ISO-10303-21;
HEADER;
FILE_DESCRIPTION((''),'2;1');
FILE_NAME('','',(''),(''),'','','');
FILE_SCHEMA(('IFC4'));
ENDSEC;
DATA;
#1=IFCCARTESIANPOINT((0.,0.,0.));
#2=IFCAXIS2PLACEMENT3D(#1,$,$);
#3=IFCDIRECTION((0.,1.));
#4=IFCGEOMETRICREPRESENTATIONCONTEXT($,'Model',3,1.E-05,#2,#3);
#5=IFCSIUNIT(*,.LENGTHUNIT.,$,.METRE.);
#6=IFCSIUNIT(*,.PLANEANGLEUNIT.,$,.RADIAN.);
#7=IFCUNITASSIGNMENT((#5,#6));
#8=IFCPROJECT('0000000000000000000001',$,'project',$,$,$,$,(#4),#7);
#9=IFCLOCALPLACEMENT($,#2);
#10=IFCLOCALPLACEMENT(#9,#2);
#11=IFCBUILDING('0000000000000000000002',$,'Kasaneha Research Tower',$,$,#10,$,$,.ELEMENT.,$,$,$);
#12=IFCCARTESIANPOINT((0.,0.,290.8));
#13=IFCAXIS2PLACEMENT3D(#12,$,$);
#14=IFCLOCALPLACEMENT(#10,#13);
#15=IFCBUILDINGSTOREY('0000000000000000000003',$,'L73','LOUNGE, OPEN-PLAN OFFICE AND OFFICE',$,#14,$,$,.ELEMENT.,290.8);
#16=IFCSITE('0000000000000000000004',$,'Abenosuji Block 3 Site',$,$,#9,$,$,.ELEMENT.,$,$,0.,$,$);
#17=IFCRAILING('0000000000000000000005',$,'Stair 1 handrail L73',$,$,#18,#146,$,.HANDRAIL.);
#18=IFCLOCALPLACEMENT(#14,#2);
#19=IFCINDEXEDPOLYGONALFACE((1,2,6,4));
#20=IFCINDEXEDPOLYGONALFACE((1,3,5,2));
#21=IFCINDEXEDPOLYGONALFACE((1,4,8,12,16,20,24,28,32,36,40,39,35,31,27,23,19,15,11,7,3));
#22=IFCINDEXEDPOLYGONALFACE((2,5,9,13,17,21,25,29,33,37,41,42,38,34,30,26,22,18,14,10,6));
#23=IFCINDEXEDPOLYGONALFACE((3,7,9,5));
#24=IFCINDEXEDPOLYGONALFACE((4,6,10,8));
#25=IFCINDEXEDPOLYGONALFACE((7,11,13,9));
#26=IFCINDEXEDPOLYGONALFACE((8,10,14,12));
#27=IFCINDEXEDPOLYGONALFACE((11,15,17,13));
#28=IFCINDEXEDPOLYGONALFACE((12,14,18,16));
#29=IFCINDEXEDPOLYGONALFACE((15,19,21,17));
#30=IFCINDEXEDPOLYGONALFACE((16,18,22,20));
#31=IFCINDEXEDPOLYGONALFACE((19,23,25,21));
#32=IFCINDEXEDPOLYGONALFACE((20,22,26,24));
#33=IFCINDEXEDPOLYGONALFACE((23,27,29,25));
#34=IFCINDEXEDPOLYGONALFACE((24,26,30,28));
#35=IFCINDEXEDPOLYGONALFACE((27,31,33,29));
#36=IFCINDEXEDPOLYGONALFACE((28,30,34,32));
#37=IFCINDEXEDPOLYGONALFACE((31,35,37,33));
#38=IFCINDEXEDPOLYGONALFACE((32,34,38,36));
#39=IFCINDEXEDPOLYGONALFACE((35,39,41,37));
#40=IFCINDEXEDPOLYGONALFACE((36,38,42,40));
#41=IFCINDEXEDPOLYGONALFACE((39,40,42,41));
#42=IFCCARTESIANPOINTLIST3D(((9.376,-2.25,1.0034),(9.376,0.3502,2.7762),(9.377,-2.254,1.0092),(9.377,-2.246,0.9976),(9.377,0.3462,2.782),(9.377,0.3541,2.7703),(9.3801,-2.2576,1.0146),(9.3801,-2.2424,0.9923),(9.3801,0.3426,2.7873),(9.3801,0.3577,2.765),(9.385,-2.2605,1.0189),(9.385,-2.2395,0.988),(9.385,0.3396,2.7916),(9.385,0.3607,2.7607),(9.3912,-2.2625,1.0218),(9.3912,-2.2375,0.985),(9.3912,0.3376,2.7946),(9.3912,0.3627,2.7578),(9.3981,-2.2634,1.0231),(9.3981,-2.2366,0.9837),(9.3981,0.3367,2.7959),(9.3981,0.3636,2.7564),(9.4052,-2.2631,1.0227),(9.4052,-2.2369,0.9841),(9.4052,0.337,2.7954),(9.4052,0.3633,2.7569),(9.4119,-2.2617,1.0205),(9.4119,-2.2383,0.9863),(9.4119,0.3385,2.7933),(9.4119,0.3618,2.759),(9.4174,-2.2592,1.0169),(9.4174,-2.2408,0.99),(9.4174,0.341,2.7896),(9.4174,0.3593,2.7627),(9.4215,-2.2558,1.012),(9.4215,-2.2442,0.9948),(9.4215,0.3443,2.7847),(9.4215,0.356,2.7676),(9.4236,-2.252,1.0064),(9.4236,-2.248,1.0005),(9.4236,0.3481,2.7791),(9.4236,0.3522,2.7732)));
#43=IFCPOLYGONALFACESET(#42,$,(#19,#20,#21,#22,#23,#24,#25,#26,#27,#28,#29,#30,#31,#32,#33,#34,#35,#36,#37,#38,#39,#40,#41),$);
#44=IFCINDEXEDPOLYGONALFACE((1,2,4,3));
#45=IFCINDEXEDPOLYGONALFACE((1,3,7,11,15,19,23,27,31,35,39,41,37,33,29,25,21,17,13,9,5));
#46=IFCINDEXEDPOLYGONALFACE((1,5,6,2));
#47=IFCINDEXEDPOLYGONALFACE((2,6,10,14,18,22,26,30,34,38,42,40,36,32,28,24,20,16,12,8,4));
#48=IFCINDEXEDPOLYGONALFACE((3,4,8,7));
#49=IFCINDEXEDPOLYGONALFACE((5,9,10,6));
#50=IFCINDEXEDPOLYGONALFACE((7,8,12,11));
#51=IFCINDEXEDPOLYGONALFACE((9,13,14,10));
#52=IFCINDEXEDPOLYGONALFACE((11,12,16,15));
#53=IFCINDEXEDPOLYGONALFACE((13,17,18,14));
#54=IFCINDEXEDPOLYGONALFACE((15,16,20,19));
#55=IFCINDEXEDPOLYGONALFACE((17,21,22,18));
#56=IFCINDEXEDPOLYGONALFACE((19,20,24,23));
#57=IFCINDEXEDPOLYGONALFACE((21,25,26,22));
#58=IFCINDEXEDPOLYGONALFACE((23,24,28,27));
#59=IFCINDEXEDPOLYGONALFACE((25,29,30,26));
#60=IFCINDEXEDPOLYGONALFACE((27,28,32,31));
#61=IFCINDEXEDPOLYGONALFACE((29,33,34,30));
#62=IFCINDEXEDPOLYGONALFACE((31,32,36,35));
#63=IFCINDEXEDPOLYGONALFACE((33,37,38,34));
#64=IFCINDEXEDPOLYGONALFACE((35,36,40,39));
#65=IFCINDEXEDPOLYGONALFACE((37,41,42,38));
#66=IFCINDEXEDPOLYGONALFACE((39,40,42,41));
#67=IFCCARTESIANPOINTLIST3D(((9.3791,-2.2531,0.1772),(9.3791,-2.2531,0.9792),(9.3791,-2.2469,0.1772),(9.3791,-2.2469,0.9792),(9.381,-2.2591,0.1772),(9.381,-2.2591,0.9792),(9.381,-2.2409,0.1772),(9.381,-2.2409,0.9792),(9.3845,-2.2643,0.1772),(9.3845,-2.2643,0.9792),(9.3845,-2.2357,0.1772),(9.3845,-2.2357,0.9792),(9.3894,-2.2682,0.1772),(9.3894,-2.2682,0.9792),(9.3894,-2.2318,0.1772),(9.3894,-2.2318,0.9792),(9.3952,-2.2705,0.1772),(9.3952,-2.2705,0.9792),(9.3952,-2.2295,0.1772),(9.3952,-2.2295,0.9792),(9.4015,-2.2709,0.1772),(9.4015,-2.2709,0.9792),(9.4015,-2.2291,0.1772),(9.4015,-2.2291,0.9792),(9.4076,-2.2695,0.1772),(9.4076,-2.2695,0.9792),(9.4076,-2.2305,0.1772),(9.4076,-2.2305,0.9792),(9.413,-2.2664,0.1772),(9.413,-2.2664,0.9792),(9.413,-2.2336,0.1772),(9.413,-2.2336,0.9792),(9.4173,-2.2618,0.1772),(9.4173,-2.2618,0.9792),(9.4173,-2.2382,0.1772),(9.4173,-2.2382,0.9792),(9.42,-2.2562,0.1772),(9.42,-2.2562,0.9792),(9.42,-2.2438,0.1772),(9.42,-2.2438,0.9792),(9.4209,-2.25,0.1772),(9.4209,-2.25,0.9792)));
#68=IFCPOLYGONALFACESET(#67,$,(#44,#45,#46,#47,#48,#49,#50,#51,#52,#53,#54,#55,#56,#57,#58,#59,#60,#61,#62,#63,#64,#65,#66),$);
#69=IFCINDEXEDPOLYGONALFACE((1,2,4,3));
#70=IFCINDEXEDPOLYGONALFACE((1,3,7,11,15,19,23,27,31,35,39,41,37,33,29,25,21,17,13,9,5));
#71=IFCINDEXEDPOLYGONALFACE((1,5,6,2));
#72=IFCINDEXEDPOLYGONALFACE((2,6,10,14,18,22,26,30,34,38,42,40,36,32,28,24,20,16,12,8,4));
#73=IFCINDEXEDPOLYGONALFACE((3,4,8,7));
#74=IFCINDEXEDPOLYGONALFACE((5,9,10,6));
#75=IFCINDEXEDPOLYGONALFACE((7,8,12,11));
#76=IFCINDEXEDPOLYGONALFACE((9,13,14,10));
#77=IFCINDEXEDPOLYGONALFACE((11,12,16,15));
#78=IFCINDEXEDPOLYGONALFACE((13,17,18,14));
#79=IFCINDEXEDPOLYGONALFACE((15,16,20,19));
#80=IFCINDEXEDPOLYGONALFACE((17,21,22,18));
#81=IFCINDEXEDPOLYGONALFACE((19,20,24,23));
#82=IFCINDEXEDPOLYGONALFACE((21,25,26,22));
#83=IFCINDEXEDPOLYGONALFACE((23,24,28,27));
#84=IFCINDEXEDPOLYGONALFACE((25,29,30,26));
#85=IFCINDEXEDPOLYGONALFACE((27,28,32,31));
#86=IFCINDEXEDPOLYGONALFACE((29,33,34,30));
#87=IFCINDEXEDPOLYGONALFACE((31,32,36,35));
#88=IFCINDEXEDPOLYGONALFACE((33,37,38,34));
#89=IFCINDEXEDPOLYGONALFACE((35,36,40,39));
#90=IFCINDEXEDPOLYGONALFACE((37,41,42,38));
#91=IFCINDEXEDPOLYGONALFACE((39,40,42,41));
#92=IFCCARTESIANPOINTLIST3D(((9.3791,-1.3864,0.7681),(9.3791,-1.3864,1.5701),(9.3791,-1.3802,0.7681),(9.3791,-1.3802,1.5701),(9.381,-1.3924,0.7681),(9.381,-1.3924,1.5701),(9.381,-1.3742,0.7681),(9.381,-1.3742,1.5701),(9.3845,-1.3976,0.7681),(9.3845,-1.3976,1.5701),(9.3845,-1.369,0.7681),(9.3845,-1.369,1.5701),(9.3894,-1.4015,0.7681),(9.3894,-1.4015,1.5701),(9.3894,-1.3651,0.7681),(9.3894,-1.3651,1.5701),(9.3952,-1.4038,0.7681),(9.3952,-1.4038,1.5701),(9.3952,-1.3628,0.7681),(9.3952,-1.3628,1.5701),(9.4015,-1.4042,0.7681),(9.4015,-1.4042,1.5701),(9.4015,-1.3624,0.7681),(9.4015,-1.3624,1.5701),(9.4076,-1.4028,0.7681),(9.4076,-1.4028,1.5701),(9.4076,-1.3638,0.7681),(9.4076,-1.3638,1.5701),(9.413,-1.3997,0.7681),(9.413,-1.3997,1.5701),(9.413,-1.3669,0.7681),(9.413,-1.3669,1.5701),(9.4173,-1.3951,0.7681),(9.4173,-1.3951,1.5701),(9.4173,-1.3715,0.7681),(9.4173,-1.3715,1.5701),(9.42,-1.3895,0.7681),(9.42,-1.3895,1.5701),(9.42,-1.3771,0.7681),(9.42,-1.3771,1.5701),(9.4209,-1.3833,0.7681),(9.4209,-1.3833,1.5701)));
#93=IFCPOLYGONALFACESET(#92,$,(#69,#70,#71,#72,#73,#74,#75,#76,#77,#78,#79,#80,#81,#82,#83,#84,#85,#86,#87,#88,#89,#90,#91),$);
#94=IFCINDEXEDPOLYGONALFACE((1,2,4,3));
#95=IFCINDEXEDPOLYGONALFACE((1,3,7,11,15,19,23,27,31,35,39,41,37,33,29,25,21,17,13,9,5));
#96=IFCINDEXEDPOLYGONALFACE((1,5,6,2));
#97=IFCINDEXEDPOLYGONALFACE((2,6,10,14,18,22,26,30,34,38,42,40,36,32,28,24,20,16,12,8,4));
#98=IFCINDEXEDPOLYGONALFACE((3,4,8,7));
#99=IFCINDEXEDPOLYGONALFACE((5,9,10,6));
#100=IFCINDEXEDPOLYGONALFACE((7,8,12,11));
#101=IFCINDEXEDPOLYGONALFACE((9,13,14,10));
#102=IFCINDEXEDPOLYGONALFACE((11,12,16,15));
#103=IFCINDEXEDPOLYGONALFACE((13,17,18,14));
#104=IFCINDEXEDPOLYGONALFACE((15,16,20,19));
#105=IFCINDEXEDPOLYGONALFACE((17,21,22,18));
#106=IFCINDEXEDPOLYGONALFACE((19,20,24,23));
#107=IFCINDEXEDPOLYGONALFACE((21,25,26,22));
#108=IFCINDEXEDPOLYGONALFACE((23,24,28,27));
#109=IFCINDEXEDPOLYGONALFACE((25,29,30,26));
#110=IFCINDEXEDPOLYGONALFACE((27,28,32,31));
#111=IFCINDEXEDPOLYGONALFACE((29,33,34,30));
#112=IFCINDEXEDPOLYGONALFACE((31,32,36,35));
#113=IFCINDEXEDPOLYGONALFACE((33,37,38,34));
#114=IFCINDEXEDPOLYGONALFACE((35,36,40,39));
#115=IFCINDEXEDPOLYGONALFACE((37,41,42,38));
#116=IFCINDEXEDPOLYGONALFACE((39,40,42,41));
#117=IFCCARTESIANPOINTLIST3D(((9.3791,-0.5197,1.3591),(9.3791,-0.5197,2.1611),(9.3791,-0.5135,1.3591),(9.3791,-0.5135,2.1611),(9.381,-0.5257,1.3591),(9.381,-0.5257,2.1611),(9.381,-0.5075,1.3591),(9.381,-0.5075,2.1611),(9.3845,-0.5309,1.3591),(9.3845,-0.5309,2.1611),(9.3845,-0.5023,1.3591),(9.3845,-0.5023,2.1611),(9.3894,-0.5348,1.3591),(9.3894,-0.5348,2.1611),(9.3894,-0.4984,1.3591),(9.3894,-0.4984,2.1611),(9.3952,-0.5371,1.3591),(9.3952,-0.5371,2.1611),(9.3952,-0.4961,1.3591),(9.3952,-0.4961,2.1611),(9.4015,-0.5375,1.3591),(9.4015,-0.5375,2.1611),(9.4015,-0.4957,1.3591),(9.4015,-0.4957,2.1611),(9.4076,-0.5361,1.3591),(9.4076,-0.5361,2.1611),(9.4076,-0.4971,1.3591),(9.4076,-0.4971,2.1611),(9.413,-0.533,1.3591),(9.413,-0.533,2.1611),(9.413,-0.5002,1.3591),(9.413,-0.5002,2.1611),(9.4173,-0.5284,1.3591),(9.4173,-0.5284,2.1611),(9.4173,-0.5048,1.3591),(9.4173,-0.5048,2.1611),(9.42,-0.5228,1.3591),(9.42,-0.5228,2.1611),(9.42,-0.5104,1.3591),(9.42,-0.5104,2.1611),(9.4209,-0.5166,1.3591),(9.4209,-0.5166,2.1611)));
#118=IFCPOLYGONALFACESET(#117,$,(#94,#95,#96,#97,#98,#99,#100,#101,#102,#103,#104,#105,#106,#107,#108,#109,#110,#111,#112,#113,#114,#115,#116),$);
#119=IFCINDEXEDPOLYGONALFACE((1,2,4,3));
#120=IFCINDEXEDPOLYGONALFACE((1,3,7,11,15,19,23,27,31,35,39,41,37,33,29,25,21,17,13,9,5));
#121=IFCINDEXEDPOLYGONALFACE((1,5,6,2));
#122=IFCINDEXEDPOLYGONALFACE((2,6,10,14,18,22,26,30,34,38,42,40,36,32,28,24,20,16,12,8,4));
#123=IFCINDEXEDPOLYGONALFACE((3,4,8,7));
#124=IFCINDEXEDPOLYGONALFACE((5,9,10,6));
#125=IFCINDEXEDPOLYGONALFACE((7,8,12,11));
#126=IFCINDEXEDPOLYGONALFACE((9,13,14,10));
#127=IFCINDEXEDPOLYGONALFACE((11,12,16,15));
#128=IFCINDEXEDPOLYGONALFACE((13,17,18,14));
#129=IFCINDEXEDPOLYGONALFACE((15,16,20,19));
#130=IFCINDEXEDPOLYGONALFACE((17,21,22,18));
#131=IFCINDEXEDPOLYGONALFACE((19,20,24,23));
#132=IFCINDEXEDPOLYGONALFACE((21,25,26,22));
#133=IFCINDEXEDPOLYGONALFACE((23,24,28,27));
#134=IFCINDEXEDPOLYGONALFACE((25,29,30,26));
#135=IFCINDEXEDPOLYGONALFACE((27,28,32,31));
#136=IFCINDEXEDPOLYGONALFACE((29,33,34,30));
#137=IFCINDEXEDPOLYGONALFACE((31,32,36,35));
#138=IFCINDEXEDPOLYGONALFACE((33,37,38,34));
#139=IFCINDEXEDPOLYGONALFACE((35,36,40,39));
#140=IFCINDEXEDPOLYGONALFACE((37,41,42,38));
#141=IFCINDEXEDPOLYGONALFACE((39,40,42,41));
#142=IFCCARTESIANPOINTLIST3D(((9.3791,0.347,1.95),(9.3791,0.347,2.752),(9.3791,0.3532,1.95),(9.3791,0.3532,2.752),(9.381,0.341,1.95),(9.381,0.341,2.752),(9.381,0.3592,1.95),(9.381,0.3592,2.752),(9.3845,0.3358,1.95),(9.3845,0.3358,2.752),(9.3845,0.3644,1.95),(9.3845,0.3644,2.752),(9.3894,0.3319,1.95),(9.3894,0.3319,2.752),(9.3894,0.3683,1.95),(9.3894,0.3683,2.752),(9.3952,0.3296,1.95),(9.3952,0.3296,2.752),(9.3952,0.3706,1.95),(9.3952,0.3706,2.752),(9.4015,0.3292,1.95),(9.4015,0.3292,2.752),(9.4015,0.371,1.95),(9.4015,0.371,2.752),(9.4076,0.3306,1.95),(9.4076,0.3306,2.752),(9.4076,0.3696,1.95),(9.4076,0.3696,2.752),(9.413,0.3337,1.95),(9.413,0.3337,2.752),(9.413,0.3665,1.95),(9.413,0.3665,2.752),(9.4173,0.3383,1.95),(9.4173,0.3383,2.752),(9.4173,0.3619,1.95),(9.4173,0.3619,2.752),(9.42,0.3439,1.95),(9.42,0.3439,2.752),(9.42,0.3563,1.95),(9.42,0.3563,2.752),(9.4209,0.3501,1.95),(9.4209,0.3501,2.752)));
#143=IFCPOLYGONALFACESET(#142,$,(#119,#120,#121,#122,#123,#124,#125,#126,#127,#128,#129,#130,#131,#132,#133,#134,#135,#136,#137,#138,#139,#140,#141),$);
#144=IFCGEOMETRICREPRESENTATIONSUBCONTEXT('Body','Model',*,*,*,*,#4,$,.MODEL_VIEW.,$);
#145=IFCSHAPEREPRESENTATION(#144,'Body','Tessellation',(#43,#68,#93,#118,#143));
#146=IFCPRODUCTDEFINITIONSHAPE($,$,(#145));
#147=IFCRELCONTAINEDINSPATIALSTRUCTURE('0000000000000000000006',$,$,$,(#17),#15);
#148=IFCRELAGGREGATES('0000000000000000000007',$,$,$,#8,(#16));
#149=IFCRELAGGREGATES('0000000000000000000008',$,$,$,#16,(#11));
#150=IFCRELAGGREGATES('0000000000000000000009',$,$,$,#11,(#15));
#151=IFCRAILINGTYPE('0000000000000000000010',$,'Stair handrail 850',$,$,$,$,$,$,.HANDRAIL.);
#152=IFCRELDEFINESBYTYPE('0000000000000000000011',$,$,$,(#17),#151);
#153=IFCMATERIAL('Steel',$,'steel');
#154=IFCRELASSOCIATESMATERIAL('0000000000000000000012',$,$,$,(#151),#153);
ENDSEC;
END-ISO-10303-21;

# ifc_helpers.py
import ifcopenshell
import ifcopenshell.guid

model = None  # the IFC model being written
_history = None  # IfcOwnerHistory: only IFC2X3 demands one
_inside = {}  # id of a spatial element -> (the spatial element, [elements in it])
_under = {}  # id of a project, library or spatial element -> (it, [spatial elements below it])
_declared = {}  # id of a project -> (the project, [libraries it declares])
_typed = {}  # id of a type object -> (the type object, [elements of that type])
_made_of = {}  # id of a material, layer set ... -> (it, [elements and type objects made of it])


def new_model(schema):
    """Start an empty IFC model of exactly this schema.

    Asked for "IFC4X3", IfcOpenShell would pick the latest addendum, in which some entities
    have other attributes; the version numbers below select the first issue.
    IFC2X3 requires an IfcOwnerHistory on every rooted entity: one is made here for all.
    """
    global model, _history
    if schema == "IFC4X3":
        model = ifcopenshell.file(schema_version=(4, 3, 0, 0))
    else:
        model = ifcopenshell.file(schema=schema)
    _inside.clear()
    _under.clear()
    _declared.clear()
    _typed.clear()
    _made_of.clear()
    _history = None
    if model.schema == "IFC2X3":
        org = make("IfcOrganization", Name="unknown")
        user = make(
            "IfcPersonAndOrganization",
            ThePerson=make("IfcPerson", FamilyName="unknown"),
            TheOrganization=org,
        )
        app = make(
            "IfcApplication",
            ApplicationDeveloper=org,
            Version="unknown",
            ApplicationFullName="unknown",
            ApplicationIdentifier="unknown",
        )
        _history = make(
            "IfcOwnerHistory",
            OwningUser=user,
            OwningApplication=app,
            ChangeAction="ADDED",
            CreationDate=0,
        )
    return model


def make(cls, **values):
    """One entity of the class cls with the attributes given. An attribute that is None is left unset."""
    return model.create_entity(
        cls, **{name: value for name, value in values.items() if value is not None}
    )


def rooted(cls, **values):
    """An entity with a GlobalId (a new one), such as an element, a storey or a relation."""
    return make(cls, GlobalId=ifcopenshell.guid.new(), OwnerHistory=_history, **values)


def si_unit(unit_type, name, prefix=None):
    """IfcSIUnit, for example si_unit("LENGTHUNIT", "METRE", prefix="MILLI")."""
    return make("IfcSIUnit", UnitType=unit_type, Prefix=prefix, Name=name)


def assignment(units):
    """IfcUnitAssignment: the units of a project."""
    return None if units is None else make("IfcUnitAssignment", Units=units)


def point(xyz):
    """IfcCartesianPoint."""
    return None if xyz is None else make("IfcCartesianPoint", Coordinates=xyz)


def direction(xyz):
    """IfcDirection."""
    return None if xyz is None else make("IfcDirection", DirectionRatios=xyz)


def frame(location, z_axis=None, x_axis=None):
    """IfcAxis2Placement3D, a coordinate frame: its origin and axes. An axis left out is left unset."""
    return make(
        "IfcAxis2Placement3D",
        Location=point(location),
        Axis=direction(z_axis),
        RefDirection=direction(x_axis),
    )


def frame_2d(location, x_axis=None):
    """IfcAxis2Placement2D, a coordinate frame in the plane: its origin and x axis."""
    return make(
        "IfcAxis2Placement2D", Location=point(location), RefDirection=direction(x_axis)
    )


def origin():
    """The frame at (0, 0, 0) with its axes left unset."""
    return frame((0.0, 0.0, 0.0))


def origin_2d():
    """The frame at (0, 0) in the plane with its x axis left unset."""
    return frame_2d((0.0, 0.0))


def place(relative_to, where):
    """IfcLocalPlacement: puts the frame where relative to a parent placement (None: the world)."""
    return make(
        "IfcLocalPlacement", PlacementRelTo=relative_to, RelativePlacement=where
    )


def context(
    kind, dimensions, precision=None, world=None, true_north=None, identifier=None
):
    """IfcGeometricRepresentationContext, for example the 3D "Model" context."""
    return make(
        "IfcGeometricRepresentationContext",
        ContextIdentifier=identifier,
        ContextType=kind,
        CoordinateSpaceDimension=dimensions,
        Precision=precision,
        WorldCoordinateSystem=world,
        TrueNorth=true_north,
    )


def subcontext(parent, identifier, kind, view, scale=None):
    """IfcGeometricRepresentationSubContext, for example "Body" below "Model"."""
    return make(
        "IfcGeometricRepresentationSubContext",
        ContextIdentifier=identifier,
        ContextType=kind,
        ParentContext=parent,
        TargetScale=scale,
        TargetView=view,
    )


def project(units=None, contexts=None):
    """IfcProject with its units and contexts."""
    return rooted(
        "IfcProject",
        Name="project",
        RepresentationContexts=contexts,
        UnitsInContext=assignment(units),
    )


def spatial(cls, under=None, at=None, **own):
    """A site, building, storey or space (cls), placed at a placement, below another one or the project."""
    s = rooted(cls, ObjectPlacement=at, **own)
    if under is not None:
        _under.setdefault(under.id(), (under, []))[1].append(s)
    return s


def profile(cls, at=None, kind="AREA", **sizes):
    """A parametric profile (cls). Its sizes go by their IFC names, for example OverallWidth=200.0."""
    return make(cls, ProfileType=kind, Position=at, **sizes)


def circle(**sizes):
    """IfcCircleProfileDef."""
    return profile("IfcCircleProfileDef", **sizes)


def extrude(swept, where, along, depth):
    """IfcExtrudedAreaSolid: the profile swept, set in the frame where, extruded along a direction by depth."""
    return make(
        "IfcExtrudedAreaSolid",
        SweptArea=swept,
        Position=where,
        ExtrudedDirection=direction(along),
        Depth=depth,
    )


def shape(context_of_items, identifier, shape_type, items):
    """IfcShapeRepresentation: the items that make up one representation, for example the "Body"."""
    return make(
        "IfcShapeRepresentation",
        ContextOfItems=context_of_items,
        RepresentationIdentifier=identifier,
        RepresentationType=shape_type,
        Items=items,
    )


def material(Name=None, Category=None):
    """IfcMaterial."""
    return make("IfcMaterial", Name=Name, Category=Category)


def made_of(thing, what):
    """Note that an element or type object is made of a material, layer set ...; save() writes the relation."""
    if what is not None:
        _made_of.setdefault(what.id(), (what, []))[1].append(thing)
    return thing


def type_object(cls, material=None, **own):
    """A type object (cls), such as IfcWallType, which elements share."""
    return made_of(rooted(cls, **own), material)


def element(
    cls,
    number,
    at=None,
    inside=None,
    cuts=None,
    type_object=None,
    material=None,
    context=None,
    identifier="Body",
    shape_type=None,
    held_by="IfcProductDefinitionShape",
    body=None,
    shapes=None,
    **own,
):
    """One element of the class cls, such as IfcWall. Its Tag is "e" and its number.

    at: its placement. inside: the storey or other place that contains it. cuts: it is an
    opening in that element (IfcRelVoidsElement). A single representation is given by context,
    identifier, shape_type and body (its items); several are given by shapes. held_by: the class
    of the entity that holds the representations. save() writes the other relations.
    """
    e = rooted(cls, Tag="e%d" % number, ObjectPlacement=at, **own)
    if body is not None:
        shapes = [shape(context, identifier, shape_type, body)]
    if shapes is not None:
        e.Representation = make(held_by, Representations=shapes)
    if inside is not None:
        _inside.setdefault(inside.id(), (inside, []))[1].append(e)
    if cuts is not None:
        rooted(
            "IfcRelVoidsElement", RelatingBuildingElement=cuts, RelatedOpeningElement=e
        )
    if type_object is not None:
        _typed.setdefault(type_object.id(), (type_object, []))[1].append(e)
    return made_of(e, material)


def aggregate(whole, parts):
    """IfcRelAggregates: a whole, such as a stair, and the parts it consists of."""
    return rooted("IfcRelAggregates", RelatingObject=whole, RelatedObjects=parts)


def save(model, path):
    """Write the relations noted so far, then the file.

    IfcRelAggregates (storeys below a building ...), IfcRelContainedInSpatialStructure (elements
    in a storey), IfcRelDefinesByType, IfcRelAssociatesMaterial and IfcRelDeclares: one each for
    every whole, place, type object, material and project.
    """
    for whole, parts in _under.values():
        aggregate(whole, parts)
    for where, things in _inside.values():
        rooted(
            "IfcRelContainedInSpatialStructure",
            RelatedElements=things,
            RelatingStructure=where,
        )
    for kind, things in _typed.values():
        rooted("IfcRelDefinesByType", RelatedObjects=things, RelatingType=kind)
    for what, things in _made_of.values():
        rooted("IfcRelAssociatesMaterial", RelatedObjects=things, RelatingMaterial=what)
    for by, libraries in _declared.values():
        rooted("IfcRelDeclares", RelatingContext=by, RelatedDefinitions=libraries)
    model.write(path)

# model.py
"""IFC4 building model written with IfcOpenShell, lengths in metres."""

from ifc_helpers import new_model, si_unit, direction, frame, origin, origin_2d, place, context, subcontext, project, spatial, circle, extrude, material, type_object, element, save


model = new_model("IFC4")

# Units and contexts
model_context = context("Model", 3, precision=1e-05, world=origin(), true_north=direction((0.0, 1.0)))
body_context = subcontext(model_context, "Body", "Model", "MODEL_VIEW")
ifc_project = project(units=[si_unit("LENGTHUNIT", "METRE"), si_unit("PLANEANGLEUNIT", "RADIAN")], contexts=[model_context])

# Site, building, storey
site_placement = place(None, origin())
site = spatial("IfcSite", under=ifc_project, at=site_placement, Name="Abenosuji Block 3 Site", CompositionType="ELEMENT", RefElevation=0.0)
building_placement = place(site_placement, origin())
building = spatial("IfcBuilding", under=site, at=building_placement, Name="Kasaneha Research Tower", CompositionType="ELEMENT")
storey_placement = place(building_placement, frame((0.0, 0.0, 290.8)))
storey = spatial("IfcBuildingStorey", under=building, at=storey_placement, Name="L73", Description="LOUNGE, OPEN-PLAN OFFICE AND OFFICE", CompositionType="ELEMENT", Elevation=290.8)

# Railing
ifc_material_1 = material(Name="Steel", Category="steel")
railing_type = type_object("IfcRailingType", Name="Stair handrail 850", PredefinedType="HANDRAIL", material=ifc_material_1)
railing_placement = place(storey_placement, frame((9.3999, -2.25, 0.1772)))
element("IfcRailing", 1, at=railing_placement, inside=storey, type_object=railing_type, Name="Stair 1 handrail L73", PredefinedType="HANDRAIL", context=body_context, shape_type="SweptSolid", body=[
    extrude(circle(Radius=0.0239, at=origin_2d()), frame((0.0, 0.0, 0.8262), z_axis=(0.0, 0.82624, 0.563318), x_axis=(-1.0, 0.0, 0.0)), (0.0, 0.0, 1.0), 3.147),
    extrude(circle(Radius=0.021, at=origin_2d()), origin(), (0.0, 0.0, 1.0), 0.802),
    extrude(circle(Radius=0.021, at=origin_2d()), frame((0.0, 0.8667, 0.5908)), (0.0, 0.0, 1.0), 0.802),
    extrude(circle(Radius=0.021, at=origin_2d()), frame((0.0, 1.7334, 1.1819)), (0.0, 0.0, 1.0), 0.802),
    extrude(circle(Radius=0.021, at=origin_2d()), frame((0.0, 2.6001, 1.7727)), (0.0, 0.0, 1.0), 0.802),
])

save(model, "model.ifc")
